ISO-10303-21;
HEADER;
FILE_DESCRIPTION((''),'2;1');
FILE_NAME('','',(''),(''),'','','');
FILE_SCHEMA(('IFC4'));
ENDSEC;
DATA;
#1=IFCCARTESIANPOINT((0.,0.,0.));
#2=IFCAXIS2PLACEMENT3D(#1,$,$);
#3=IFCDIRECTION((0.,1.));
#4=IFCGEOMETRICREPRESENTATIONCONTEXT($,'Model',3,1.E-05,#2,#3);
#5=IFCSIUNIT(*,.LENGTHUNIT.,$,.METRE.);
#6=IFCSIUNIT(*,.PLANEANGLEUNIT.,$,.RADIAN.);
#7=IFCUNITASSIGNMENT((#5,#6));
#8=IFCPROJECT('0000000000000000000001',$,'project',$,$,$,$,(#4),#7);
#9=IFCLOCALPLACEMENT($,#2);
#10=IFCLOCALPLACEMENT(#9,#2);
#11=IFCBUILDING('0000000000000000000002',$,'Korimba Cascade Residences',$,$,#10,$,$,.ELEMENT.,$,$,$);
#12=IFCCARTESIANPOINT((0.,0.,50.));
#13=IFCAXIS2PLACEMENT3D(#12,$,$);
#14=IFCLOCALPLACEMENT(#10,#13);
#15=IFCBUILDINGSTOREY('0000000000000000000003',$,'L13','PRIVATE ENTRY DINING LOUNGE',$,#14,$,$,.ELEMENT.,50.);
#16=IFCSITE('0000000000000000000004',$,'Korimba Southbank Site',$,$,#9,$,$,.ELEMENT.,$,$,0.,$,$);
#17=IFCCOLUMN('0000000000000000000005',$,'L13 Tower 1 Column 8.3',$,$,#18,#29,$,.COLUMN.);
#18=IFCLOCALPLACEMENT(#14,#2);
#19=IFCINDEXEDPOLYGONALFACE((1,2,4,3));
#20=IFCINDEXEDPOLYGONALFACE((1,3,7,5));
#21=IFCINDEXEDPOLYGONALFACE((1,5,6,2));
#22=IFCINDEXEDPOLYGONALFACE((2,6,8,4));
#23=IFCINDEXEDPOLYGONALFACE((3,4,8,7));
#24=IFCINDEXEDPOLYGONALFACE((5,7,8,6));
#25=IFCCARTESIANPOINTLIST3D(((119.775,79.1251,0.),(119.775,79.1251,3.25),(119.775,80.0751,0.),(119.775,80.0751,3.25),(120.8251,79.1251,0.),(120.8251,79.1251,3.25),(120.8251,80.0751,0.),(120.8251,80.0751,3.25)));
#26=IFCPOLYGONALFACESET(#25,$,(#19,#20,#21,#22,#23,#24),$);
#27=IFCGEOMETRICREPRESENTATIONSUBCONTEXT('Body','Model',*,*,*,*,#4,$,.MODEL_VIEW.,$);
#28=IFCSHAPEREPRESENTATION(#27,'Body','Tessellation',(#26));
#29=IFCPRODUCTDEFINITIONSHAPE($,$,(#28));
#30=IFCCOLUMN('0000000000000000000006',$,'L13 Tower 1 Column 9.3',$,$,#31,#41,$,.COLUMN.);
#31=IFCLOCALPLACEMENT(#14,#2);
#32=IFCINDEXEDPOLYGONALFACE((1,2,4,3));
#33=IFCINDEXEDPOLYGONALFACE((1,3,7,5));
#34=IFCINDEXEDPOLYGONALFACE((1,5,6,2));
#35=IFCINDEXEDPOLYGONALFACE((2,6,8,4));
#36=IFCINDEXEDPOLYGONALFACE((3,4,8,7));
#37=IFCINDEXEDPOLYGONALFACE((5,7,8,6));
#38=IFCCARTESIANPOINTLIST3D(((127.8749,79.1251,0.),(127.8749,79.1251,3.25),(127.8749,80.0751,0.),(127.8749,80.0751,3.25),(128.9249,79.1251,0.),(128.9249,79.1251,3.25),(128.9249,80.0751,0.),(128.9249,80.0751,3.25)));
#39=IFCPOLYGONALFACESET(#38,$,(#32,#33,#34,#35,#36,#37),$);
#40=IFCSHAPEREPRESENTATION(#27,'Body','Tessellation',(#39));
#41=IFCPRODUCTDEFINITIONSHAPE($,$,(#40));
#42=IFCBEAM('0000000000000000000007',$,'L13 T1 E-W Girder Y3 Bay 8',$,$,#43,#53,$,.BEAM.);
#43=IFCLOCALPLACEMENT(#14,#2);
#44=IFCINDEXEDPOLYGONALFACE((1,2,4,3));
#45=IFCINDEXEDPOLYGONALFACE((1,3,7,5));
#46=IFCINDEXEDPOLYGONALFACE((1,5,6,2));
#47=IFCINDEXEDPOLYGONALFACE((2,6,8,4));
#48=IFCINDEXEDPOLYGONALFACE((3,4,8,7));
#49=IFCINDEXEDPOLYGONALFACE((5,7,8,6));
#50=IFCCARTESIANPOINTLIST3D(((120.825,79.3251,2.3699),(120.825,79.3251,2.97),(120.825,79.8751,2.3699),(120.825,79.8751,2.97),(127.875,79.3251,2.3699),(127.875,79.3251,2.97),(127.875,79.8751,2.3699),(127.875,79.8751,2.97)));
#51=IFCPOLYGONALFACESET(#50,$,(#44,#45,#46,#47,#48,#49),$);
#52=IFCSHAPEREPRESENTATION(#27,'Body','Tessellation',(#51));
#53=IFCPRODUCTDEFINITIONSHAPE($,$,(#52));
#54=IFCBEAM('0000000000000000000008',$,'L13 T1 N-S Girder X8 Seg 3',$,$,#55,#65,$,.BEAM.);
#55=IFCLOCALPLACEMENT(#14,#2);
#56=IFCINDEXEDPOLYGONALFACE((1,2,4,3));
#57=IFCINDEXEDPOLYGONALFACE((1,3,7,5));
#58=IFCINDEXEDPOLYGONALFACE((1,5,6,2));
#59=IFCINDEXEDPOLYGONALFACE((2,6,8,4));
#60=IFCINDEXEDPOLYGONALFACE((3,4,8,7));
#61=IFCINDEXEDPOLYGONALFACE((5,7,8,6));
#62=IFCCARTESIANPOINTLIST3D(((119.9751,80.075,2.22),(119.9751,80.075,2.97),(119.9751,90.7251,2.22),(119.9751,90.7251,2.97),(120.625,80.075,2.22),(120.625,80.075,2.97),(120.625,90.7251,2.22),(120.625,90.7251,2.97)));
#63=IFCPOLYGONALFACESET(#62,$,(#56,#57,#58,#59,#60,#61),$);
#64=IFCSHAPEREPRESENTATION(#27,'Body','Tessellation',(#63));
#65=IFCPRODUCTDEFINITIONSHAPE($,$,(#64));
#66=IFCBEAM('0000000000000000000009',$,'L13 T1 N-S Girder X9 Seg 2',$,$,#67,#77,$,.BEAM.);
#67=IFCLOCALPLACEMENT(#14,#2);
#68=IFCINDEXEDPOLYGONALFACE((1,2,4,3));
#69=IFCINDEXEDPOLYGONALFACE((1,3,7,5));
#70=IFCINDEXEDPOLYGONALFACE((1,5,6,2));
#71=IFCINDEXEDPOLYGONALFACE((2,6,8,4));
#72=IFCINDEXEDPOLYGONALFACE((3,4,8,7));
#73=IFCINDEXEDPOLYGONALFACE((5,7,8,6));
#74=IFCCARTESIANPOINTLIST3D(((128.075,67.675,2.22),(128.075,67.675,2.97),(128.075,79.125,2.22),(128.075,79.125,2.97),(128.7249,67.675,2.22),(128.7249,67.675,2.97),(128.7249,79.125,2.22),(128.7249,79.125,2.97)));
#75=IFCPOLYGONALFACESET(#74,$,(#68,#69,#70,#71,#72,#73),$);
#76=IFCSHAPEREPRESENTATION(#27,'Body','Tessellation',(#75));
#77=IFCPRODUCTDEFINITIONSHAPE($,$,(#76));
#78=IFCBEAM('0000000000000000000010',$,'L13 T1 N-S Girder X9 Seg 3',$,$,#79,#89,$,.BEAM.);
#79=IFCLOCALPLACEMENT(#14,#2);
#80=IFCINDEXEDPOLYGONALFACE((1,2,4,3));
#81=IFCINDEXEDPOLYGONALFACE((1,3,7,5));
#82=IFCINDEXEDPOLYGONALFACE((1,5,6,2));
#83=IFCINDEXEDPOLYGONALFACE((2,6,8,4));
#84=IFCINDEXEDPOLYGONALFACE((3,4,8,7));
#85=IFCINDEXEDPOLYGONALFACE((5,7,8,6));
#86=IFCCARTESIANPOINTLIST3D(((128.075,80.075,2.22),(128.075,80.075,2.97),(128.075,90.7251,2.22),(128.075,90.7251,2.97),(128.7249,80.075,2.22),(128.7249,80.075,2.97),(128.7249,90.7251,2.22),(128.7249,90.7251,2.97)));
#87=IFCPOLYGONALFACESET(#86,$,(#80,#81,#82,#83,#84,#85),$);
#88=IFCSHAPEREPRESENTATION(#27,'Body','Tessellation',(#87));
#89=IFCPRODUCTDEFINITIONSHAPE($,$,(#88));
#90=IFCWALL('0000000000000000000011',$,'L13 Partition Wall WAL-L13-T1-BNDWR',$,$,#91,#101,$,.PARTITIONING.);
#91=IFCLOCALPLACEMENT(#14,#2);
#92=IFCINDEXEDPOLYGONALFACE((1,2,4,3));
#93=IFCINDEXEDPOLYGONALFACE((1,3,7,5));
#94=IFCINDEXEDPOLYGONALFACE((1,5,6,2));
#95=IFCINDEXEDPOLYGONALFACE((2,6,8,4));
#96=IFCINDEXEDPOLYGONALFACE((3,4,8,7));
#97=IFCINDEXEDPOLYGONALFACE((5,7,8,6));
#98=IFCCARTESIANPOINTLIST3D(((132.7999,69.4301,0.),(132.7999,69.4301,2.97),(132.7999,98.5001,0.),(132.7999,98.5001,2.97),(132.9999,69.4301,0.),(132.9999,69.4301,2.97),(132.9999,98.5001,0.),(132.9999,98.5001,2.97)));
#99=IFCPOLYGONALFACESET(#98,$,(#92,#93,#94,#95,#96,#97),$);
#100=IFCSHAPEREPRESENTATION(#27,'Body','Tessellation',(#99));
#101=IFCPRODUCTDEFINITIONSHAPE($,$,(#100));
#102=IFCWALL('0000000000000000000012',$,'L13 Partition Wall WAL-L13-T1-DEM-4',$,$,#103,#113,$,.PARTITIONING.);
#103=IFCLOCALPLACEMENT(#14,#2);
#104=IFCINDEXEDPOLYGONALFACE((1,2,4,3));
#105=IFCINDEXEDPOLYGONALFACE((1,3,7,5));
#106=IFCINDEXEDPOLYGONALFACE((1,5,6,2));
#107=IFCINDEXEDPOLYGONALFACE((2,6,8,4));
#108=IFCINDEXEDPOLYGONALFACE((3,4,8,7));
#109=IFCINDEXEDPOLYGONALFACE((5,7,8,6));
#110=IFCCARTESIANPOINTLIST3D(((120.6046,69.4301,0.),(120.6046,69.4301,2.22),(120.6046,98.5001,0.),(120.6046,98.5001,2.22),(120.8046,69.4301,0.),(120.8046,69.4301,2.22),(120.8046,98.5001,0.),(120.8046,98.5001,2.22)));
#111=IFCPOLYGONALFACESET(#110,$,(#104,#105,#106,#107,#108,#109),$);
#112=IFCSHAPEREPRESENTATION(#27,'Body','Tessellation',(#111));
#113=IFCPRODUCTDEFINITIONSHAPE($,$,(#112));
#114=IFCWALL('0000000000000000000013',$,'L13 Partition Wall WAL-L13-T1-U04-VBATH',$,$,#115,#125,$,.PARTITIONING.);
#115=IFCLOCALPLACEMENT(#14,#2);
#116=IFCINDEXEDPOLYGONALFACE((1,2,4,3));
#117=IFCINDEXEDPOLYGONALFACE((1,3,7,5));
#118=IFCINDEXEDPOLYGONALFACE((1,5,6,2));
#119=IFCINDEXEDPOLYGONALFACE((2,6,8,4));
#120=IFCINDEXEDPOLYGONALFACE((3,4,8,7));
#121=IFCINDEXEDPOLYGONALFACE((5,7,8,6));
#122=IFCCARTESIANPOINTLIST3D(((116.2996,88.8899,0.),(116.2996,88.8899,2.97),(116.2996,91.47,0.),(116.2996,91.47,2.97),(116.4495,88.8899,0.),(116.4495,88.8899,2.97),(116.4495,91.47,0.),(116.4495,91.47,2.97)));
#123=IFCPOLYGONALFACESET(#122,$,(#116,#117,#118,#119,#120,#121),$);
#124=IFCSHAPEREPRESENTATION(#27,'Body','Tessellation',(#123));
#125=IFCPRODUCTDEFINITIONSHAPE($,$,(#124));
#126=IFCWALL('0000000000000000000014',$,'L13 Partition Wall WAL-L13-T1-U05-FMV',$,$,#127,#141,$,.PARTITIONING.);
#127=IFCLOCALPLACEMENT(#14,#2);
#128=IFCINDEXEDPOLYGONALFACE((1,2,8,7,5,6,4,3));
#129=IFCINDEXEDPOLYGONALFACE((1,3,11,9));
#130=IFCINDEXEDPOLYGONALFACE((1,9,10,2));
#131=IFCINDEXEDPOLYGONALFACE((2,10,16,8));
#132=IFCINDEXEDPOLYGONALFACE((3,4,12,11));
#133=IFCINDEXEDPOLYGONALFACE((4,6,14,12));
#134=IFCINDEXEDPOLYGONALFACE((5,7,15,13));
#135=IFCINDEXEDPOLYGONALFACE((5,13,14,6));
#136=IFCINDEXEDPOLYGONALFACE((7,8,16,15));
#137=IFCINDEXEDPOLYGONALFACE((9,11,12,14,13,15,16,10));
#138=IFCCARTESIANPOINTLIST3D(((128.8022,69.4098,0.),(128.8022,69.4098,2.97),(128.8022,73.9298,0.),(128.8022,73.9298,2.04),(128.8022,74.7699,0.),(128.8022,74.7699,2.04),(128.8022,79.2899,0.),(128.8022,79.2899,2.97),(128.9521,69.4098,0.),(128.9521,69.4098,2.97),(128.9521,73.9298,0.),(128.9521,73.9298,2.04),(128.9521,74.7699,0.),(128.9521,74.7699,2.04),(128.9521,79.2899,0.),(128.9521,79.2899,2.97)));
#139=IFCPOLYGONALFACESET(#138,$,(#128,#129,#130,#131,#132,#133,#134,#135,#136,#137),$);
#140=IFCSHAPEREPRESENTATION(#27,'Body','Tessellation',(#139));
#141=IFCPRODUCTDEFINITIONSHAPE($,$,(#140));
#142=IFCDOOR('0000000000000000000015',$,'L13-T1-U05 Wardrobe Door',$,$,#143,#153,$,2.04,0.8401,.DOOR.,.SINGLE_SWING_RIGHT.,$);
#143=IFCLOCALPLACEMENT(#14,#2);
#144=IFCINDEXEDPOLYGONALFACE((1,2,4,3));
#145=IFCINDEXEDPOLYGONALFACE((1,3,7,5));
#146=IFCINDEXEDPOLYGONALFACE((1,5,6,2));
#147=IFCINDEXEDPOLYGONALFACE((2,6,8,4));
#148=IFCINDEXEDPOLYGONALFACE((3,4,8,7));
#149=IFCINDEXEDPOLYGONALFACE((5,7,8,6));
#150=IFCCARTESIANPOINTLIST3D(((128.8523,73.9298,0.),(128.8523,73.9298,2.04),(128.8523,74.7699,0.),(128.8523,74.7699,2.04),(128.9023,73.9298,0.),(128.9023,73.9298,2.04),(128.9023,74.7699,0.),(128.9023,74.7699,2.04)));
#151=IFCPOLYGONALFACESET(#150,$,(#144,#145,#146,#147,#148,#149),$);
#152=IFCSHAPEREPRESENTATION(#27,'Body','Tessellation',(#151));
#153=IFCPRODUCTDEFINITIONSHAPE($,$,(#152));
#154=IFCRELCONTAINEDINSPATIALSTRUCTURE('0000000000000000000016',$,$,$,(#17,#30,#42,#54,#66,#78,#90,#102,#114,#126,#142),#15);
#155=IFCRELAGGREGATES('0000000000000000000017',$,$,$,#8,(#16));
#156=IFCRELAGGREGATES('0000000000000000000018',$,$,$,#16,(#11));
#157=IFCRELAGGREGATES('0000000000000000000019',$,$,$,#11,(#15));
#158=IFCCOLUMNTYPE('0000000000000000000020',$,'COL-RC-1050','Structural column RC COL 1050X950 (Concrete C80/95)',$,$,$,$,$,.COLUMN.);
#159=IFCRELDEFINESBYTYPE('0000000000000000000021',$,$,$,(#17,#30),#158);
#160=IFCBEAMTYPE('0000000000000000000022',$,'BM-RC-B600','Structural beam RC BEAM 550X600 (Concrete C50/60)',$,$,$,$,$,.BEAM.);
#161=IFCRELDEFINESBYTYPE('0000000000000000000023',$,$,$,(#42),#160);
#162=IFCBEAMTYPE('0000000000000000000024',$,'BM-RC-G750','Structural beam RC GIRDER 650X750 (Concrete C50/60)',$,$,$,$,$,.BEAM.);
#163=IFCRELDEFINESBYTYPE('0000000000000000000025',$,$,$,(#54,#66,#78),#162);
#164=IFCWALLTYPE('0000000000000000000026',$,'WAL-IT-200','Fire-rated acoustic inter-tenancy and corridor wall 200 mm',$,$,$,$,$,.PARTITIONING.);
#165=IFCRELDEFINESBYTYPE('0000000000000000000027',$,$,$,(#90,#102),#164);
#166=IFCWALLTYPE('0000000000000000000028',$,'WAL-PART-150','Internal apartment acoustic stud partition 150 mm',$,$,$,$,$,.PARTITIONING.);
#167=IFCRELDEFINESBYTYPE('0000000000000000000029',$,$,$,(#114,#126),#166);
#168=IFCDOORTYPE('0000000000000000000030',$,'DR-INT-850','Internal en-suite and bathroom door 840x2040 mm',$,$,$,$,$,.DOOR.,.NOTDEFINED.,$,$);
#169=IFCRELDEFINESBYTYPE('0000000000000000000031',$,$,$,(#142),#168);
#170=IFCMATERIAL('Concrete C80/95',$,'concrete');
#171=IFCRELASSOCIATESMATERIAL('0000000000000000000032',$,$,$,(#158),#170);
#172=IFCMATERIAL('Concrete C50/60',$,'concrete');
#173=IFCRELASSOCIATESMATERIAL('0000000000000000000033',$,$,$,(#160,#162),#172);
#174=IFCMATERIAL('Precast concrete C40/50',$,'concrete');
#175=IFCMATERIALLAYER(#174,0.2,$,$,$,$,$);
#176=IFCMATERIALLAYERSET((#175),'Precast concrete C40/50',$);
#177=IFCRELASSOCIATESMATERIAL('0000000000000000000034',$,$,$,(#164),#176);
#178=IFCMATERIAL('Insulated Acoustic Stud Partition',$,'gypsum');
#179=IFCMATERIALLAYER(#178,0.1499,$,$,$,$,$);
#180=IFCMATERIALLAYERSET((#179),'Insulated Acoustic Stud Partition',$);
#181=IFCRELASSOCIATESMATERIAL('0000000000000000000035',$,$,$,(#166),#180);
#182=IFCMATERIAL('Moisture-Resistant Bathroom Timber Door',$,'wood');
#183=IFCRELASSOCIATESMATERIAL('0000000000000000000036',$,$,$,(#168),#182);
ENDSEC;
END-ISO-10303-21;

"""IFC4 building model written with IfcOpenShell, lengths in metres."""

from ifc_helpers import new_model, si_unit, direction, frame, frame_2d, origin, origin_2d, place, context, subcontext, project, spatial, rectangle, extrude, material, layer, layer_set, material_profile, profile_set, type_object, element, fill, save


model = new_model("IFC4")

# Units and contexts
model_context = context("Model", 3, precision=1e-05, world=origin(), true_north=direction((0.0, 1.0)))
body_context = subcontext(model_context, "Body", "Model", "MODEL_VIEW")
ifc_project = project(units=[si_unit("LENGTHUNIT", "METRE"), si_unit("PLANEANGLEUNIT", "RADIAN")], contexts=[model_context])

# Site, building, storey
site_placement = place(None, origin())
site = spatial("IfcSite", under=ifc_project, at=site_placement, Name="Korimba Southbank Site", CompositionType="ELEMENT", RefElevation=0.0)
building_placement = place(site_placement, origin())
building = spatial("IfcBuilding", under=site, at=building_placement, Name="Korimba Cascade Residences", CompositionType="ELEMENT")
storey_placement = place(building_placement, frame((0.0, 0.0, 50.0)))
storey = spatial("IfcBuildingStorey", under=building, at=storey_placement, Name="L13", Description="PRIVATE ENTRY DINING LOUNGE", CompositionType="ELEMENT", Elevation=50.0)

# Columns
ifc_material_1 = material(Name="Concrete C80/95", Category="concrete")
ifc_material_profile_1 = material_profile(ifc_material_1, rectangle(XDim=1.05, YDim=0.95, at=origin_2d()), Name="Concrete C80/95")
ifc_profile_set_1 = profile_set([ifc_material_profile_1], Name="Concrete C80/95")
column_type = type_object("IfcColumnType", Name="COL-RC-1050", Description="Structural column RC COL 1050X950 (Concrete C80/95)", PredefinedType="COLUMN", material=ifc_profile_set_1)
for number, where, z_axis, x_axis, name in (
    (1, (120.3, 79.6001, 0.0), (0.0, 0.0, 1.0), (1.0, 0.0, 0.0), "L13 Tower 1 Column 8.3"),
    (2, (128.3999, 79.6001, 0.0), (0.0, 0.0, 1.0), (1.0, 0.0, 0.0), "L13 Tower 1 Column 9.3"),
):
    element("IfcColumn", number, at=place(storey_placement, frame(where, z_axis=z_axis, x_axis=x_axis)), inside=storey, type_object=column_type, Name=name, PredefinedType="COLUMN", context=body_context, shape_type="SweptSolid", body=[
        extrude(rectangle(XDim=1.05, YDim=0.95, at=origin_2d()), origin(), (0.0, 0.0, 1.0), 3.25),
    ])

# Beams
ifc_material_2 = material(Name="Concrete C50/60", Category="concrete")
ifc_material_profile_2 = material_profile(ifc_material_2, rectangle(XDim=0.55, YDim=0.6001, at=origin_2d()), Name="Concrete C50/60")
ifc_profile_set_2 = profile_set([ifc_material_profile_2], Name="Concrete C50/60")
beam_type_1 = type_object("IfcBeamType", Name="BM-RC-B600", Description="Structural beam RC BEAM 550X600 (Concrete C50/60)", PredefinedType="BEAM", material=ifc_profile_set_2)
beam_1_placement = place(storey_placement, frame((120.825, 79.6001, 2.6699), z_axis=(1.0, 0.0, 0.0), x_axis=(0.0, 1.0, 0.0)))
element("IfcBeam", 3, at=beam_1_placement, inside=storey, type_object=beam_type_1, Name="L13 T1 E-W Girder Y3 Bay 8", PredefinedType="BEAM", context=body_context, shape_type="SweptSolid", body=[
    extrude(rectangle(XDim=0.55, YDim=0.6001, at=origin_2d()), origin(), (0.0, 0.0, 1.0), 7.05),
])
ifc_material_profile_3 = material_profile(ifc_material_2, rectangle(XDim=0.6499, YDim=0.75, at=origin_2d()), Name="Concrete C50/60")
ifc_profile_set_3 = profile_set([ifc_material_profile_3], Name="Concrete C50/60")
beam_type_2 = type_object("IfcBeamType", Name="BM-RC-G750", Description="Structural beam RC GIRDER 650X750 (Concrete C50/60)", PredefinedType="BEAM", material=ifc_profile_set_3)
beam_2_placement = place(storey_placement, frame((120.3, 80.075, 2.595), z_axis=(0.0, 1.0, 0.0), x_axis=(-1.0, 0.0, 0.0)))
element("IfcBeam", 4, at=beam_2_placement, inside=storey, type_object=beam_type_2, Name="L13 T1 N-S Girder X8 Seg 3", PredefinedType="BEAM", context=body_context, shape_type="SweptSolid", body=[
    extrude(rectangle(XDim=0.6499, YDim=0.75, at=origin_2d()), origin(), (0.0, 0.0, 1.0), 10.6501),
])
beam_3_placement = place(storey_placement, frame((128.3999, 67.675, 2.595), z_axis=(0.0, 1.0, 0.0), x_axis=(-1.0, 0.0, 0.0)))
element("IfcBeam", 5, at=beam_3_placement, inside=storey, type_object=beam_type_2, Name="L13 T1 N-S Girder X9 Seg 2", PredefinedType="BEAM", context=body_context, shape_type="SweptSolid", body=[
    extrude(rectangle(XDim=0.6499, YDim=0.75, at=origin_2d()), origin(), (0.0, 0.0, 1.0), 11.45),
])
beam_4_placement = place(storey_placement, frame((128.3999, 80.075, 2.595), z_axis=(0.0, 1.0, 0.0), x_axis=(-1.0, 0.0, 0.0)))
element("IfcBeam", 6, at=beam_4_placement, inside=storey, type_object=beam_type_2, Name="L13 T1 N-S Girder X9 Seg 3", PredefinedType="BEAM", context=body_context, shape_type="SweptSolid", body=[
    extrude(rectangle(XDim=0.6499, YDim=0.75, at=origin_2d()), origin(), (0.0, 0.0, 1.0), 10.6501),
])

# Walls
ifc_material_3 = material(Name="Precast concrete C40/50", Category="concrete")
ifc_layer_1 = layer(ifc_material_3, 0.2)
ifc_layer_set_1 = layer_set([ifc_layer_1], Name="Precast concrete C40/50")
wall_type_1 = type_object("IfcWallType", Name="WAL-IT-200", Description="Fire-rated acoustic inter-tenancy and corridor wall 200 mm", PredefinedType="PARTITIONING", material=ifc_layer_set_1)
wall_1_placement = place(storey_placement, frame((132.8999, 69.4299, 0.0), z_axis=(0.0, 0.0, 1.0), x_axis=(0.0, 1.0, 0.0)))
element("IfcWall", 7, at=wall_1_placement, inside=storey, type_object=wall_type_1, Name="L13 Partition Wall WAL-L13-T1-BNDWR", PredefinedType="PARTITIONING", context=body_context, shape_type="SweptSolid", body=[
    extrude(rectangle(XDim=29.0701, YDim=0.2, at=frame_2d((14.5352, 0.0))), origin(), (0.0, 0.0, 1.0), 2.97),
])
wall_2_placement = place(storey_placement, frame((120.7046, 69.4299, 0.0), z_axis=(0.0, 0.0, 1.0), x_axis=(0.0, 1.0, 0.0)))
element("IfcWall", 8, at=wall_2_placement, inside=storey, type_object=wall_type_1, Name="L13 Partition Wall WAL-L13-T1-DEM-4", PredefinedType="PARTITIONING", context=body_context, shape_type="SweptSolid", body=[
    extrude(rectangle(XDim=29.0701, YDim=0.2, at=frame_2d((14.5352, 0.0))), origin(), (0.0, 0.0, 1.0), 2.22),
])
ifc_material_4 = material(Name="Insulated Acoustic Stud Partition", Category="gypsum")
ifc_layer_2 = layer(ifc_material_4, 0.1499)
ifc_layer_set_2 = layer_set([ifc_layer_2], Name="Insulated Acoustic Stud Partition")
wall_type_2 = type_object("IfcWallType", Name="WAL-PART-150", Description="Internal apartment acoustic stud partition 150 mm", PredefinedType="PARTITIONING", material=ifc_layer_set_2)
wall_3_placement = place(storey_placement, frame((116.3745, 88.8899, 0.0), z_axis=(0.0, 0.0, 1.0), x_axis=(0.0, 1.0, 0.0)))
element("IfcWall", 9, at=wall_3_placement, inside=storey, type_object=wall_type_2, Name="L13 Partition Wall WAL-L13-T1-U04-VBATH", PredefinedType="PARTITIONING", context=body_context, shape_type="SweptSolid", body=[
    extrude(rectangle(XDim=2.5801, YDim=0.1499, at=frame_2d((1.29, 0.0))), origin(), (0.0, 0.0, 1.0), 2.97),
])

# Wall, opening, door
wall_4_placement = place(storey_placement, frame((128.8772, 69.4099, 0.0), z_axis=(0.0, 0.0, 1.0), x_axis=(0.0, 1.0, 0.0)))
wall_4 = element("IfcWall", 10, at=wall_4_placement, inside=storey, type_object=wall_type_2, Name="L13 Partition Wall WAL-L13-T1-U05-FMV", PredefinedType="PARTITIONING", context=body_context, shape_type="SweptSolid", body=[
    extrude(rectangle(XDim=9.8801, YDim=0.1499, at=frame_2d((4.9399, 0.0))), origin(), (0.0, 0.0, 1.0), 2.97),
])
opening_1_placement = place(wall_4_placement, frame((4.52, 0.0, 0.0)))
opening_1 = element("IfcOpeningElement", 11, at=opening_1_placement, cuts=wall_4, PredefinedType="OPENING", context=body_context, shape_type="SweptSolid", body=[
    extrude(rectangle(XDim=0.8401, YDim=2.04, at=frame_2d((0.4199, 1.02))), frame((0.0, 0.085, 0.0), z_axis=(0.0, -1.0, 0.0), x_axis=(1.0, 0.0, 0.0)), (0.0, 0.0, 1.0), 0.1699),
])
ifc_material_5 = material(Name="Moisture-Resistant Bathroom Timber Door", Category="wood")
door_type_1 = type_object("IfcDoorType", Name="DR-INT-850", Description="Internal en-suite and bathroom door 840x2040 mm", OperationType="NOTDEFINED", PredefinedType="DOOR", material=ifc_material_5)
door_1_placement = place(opening_1_placement, origin())
door_1 = element("IfcDoor", 12, at=door_1_placement, inside=storey, type_object=door_type_1, Name="L13-T1-U05 Wardrobe Door", OperationType="SINGLE_SWING_RIGHT", OverallHeight=2.04, OverallWidth=0.8401, PredefinedType="DOOR", context=body_context, shape_type="SweptSolid", body=[
    extrude(rectangle(XDim=0.8401, YDim=2.04, at=frame_2d((0.4199, 1.02))), frame((0.0, 0.0249, 0.0), z_axis=(0.0, -1.0, 0.0), x_axis=(1.0, 0.0, 0.0)), (0.0, 0.0, 1.0), 0.05),
])
fill(opening_1, door_1)

save(model, "model.ifc")
